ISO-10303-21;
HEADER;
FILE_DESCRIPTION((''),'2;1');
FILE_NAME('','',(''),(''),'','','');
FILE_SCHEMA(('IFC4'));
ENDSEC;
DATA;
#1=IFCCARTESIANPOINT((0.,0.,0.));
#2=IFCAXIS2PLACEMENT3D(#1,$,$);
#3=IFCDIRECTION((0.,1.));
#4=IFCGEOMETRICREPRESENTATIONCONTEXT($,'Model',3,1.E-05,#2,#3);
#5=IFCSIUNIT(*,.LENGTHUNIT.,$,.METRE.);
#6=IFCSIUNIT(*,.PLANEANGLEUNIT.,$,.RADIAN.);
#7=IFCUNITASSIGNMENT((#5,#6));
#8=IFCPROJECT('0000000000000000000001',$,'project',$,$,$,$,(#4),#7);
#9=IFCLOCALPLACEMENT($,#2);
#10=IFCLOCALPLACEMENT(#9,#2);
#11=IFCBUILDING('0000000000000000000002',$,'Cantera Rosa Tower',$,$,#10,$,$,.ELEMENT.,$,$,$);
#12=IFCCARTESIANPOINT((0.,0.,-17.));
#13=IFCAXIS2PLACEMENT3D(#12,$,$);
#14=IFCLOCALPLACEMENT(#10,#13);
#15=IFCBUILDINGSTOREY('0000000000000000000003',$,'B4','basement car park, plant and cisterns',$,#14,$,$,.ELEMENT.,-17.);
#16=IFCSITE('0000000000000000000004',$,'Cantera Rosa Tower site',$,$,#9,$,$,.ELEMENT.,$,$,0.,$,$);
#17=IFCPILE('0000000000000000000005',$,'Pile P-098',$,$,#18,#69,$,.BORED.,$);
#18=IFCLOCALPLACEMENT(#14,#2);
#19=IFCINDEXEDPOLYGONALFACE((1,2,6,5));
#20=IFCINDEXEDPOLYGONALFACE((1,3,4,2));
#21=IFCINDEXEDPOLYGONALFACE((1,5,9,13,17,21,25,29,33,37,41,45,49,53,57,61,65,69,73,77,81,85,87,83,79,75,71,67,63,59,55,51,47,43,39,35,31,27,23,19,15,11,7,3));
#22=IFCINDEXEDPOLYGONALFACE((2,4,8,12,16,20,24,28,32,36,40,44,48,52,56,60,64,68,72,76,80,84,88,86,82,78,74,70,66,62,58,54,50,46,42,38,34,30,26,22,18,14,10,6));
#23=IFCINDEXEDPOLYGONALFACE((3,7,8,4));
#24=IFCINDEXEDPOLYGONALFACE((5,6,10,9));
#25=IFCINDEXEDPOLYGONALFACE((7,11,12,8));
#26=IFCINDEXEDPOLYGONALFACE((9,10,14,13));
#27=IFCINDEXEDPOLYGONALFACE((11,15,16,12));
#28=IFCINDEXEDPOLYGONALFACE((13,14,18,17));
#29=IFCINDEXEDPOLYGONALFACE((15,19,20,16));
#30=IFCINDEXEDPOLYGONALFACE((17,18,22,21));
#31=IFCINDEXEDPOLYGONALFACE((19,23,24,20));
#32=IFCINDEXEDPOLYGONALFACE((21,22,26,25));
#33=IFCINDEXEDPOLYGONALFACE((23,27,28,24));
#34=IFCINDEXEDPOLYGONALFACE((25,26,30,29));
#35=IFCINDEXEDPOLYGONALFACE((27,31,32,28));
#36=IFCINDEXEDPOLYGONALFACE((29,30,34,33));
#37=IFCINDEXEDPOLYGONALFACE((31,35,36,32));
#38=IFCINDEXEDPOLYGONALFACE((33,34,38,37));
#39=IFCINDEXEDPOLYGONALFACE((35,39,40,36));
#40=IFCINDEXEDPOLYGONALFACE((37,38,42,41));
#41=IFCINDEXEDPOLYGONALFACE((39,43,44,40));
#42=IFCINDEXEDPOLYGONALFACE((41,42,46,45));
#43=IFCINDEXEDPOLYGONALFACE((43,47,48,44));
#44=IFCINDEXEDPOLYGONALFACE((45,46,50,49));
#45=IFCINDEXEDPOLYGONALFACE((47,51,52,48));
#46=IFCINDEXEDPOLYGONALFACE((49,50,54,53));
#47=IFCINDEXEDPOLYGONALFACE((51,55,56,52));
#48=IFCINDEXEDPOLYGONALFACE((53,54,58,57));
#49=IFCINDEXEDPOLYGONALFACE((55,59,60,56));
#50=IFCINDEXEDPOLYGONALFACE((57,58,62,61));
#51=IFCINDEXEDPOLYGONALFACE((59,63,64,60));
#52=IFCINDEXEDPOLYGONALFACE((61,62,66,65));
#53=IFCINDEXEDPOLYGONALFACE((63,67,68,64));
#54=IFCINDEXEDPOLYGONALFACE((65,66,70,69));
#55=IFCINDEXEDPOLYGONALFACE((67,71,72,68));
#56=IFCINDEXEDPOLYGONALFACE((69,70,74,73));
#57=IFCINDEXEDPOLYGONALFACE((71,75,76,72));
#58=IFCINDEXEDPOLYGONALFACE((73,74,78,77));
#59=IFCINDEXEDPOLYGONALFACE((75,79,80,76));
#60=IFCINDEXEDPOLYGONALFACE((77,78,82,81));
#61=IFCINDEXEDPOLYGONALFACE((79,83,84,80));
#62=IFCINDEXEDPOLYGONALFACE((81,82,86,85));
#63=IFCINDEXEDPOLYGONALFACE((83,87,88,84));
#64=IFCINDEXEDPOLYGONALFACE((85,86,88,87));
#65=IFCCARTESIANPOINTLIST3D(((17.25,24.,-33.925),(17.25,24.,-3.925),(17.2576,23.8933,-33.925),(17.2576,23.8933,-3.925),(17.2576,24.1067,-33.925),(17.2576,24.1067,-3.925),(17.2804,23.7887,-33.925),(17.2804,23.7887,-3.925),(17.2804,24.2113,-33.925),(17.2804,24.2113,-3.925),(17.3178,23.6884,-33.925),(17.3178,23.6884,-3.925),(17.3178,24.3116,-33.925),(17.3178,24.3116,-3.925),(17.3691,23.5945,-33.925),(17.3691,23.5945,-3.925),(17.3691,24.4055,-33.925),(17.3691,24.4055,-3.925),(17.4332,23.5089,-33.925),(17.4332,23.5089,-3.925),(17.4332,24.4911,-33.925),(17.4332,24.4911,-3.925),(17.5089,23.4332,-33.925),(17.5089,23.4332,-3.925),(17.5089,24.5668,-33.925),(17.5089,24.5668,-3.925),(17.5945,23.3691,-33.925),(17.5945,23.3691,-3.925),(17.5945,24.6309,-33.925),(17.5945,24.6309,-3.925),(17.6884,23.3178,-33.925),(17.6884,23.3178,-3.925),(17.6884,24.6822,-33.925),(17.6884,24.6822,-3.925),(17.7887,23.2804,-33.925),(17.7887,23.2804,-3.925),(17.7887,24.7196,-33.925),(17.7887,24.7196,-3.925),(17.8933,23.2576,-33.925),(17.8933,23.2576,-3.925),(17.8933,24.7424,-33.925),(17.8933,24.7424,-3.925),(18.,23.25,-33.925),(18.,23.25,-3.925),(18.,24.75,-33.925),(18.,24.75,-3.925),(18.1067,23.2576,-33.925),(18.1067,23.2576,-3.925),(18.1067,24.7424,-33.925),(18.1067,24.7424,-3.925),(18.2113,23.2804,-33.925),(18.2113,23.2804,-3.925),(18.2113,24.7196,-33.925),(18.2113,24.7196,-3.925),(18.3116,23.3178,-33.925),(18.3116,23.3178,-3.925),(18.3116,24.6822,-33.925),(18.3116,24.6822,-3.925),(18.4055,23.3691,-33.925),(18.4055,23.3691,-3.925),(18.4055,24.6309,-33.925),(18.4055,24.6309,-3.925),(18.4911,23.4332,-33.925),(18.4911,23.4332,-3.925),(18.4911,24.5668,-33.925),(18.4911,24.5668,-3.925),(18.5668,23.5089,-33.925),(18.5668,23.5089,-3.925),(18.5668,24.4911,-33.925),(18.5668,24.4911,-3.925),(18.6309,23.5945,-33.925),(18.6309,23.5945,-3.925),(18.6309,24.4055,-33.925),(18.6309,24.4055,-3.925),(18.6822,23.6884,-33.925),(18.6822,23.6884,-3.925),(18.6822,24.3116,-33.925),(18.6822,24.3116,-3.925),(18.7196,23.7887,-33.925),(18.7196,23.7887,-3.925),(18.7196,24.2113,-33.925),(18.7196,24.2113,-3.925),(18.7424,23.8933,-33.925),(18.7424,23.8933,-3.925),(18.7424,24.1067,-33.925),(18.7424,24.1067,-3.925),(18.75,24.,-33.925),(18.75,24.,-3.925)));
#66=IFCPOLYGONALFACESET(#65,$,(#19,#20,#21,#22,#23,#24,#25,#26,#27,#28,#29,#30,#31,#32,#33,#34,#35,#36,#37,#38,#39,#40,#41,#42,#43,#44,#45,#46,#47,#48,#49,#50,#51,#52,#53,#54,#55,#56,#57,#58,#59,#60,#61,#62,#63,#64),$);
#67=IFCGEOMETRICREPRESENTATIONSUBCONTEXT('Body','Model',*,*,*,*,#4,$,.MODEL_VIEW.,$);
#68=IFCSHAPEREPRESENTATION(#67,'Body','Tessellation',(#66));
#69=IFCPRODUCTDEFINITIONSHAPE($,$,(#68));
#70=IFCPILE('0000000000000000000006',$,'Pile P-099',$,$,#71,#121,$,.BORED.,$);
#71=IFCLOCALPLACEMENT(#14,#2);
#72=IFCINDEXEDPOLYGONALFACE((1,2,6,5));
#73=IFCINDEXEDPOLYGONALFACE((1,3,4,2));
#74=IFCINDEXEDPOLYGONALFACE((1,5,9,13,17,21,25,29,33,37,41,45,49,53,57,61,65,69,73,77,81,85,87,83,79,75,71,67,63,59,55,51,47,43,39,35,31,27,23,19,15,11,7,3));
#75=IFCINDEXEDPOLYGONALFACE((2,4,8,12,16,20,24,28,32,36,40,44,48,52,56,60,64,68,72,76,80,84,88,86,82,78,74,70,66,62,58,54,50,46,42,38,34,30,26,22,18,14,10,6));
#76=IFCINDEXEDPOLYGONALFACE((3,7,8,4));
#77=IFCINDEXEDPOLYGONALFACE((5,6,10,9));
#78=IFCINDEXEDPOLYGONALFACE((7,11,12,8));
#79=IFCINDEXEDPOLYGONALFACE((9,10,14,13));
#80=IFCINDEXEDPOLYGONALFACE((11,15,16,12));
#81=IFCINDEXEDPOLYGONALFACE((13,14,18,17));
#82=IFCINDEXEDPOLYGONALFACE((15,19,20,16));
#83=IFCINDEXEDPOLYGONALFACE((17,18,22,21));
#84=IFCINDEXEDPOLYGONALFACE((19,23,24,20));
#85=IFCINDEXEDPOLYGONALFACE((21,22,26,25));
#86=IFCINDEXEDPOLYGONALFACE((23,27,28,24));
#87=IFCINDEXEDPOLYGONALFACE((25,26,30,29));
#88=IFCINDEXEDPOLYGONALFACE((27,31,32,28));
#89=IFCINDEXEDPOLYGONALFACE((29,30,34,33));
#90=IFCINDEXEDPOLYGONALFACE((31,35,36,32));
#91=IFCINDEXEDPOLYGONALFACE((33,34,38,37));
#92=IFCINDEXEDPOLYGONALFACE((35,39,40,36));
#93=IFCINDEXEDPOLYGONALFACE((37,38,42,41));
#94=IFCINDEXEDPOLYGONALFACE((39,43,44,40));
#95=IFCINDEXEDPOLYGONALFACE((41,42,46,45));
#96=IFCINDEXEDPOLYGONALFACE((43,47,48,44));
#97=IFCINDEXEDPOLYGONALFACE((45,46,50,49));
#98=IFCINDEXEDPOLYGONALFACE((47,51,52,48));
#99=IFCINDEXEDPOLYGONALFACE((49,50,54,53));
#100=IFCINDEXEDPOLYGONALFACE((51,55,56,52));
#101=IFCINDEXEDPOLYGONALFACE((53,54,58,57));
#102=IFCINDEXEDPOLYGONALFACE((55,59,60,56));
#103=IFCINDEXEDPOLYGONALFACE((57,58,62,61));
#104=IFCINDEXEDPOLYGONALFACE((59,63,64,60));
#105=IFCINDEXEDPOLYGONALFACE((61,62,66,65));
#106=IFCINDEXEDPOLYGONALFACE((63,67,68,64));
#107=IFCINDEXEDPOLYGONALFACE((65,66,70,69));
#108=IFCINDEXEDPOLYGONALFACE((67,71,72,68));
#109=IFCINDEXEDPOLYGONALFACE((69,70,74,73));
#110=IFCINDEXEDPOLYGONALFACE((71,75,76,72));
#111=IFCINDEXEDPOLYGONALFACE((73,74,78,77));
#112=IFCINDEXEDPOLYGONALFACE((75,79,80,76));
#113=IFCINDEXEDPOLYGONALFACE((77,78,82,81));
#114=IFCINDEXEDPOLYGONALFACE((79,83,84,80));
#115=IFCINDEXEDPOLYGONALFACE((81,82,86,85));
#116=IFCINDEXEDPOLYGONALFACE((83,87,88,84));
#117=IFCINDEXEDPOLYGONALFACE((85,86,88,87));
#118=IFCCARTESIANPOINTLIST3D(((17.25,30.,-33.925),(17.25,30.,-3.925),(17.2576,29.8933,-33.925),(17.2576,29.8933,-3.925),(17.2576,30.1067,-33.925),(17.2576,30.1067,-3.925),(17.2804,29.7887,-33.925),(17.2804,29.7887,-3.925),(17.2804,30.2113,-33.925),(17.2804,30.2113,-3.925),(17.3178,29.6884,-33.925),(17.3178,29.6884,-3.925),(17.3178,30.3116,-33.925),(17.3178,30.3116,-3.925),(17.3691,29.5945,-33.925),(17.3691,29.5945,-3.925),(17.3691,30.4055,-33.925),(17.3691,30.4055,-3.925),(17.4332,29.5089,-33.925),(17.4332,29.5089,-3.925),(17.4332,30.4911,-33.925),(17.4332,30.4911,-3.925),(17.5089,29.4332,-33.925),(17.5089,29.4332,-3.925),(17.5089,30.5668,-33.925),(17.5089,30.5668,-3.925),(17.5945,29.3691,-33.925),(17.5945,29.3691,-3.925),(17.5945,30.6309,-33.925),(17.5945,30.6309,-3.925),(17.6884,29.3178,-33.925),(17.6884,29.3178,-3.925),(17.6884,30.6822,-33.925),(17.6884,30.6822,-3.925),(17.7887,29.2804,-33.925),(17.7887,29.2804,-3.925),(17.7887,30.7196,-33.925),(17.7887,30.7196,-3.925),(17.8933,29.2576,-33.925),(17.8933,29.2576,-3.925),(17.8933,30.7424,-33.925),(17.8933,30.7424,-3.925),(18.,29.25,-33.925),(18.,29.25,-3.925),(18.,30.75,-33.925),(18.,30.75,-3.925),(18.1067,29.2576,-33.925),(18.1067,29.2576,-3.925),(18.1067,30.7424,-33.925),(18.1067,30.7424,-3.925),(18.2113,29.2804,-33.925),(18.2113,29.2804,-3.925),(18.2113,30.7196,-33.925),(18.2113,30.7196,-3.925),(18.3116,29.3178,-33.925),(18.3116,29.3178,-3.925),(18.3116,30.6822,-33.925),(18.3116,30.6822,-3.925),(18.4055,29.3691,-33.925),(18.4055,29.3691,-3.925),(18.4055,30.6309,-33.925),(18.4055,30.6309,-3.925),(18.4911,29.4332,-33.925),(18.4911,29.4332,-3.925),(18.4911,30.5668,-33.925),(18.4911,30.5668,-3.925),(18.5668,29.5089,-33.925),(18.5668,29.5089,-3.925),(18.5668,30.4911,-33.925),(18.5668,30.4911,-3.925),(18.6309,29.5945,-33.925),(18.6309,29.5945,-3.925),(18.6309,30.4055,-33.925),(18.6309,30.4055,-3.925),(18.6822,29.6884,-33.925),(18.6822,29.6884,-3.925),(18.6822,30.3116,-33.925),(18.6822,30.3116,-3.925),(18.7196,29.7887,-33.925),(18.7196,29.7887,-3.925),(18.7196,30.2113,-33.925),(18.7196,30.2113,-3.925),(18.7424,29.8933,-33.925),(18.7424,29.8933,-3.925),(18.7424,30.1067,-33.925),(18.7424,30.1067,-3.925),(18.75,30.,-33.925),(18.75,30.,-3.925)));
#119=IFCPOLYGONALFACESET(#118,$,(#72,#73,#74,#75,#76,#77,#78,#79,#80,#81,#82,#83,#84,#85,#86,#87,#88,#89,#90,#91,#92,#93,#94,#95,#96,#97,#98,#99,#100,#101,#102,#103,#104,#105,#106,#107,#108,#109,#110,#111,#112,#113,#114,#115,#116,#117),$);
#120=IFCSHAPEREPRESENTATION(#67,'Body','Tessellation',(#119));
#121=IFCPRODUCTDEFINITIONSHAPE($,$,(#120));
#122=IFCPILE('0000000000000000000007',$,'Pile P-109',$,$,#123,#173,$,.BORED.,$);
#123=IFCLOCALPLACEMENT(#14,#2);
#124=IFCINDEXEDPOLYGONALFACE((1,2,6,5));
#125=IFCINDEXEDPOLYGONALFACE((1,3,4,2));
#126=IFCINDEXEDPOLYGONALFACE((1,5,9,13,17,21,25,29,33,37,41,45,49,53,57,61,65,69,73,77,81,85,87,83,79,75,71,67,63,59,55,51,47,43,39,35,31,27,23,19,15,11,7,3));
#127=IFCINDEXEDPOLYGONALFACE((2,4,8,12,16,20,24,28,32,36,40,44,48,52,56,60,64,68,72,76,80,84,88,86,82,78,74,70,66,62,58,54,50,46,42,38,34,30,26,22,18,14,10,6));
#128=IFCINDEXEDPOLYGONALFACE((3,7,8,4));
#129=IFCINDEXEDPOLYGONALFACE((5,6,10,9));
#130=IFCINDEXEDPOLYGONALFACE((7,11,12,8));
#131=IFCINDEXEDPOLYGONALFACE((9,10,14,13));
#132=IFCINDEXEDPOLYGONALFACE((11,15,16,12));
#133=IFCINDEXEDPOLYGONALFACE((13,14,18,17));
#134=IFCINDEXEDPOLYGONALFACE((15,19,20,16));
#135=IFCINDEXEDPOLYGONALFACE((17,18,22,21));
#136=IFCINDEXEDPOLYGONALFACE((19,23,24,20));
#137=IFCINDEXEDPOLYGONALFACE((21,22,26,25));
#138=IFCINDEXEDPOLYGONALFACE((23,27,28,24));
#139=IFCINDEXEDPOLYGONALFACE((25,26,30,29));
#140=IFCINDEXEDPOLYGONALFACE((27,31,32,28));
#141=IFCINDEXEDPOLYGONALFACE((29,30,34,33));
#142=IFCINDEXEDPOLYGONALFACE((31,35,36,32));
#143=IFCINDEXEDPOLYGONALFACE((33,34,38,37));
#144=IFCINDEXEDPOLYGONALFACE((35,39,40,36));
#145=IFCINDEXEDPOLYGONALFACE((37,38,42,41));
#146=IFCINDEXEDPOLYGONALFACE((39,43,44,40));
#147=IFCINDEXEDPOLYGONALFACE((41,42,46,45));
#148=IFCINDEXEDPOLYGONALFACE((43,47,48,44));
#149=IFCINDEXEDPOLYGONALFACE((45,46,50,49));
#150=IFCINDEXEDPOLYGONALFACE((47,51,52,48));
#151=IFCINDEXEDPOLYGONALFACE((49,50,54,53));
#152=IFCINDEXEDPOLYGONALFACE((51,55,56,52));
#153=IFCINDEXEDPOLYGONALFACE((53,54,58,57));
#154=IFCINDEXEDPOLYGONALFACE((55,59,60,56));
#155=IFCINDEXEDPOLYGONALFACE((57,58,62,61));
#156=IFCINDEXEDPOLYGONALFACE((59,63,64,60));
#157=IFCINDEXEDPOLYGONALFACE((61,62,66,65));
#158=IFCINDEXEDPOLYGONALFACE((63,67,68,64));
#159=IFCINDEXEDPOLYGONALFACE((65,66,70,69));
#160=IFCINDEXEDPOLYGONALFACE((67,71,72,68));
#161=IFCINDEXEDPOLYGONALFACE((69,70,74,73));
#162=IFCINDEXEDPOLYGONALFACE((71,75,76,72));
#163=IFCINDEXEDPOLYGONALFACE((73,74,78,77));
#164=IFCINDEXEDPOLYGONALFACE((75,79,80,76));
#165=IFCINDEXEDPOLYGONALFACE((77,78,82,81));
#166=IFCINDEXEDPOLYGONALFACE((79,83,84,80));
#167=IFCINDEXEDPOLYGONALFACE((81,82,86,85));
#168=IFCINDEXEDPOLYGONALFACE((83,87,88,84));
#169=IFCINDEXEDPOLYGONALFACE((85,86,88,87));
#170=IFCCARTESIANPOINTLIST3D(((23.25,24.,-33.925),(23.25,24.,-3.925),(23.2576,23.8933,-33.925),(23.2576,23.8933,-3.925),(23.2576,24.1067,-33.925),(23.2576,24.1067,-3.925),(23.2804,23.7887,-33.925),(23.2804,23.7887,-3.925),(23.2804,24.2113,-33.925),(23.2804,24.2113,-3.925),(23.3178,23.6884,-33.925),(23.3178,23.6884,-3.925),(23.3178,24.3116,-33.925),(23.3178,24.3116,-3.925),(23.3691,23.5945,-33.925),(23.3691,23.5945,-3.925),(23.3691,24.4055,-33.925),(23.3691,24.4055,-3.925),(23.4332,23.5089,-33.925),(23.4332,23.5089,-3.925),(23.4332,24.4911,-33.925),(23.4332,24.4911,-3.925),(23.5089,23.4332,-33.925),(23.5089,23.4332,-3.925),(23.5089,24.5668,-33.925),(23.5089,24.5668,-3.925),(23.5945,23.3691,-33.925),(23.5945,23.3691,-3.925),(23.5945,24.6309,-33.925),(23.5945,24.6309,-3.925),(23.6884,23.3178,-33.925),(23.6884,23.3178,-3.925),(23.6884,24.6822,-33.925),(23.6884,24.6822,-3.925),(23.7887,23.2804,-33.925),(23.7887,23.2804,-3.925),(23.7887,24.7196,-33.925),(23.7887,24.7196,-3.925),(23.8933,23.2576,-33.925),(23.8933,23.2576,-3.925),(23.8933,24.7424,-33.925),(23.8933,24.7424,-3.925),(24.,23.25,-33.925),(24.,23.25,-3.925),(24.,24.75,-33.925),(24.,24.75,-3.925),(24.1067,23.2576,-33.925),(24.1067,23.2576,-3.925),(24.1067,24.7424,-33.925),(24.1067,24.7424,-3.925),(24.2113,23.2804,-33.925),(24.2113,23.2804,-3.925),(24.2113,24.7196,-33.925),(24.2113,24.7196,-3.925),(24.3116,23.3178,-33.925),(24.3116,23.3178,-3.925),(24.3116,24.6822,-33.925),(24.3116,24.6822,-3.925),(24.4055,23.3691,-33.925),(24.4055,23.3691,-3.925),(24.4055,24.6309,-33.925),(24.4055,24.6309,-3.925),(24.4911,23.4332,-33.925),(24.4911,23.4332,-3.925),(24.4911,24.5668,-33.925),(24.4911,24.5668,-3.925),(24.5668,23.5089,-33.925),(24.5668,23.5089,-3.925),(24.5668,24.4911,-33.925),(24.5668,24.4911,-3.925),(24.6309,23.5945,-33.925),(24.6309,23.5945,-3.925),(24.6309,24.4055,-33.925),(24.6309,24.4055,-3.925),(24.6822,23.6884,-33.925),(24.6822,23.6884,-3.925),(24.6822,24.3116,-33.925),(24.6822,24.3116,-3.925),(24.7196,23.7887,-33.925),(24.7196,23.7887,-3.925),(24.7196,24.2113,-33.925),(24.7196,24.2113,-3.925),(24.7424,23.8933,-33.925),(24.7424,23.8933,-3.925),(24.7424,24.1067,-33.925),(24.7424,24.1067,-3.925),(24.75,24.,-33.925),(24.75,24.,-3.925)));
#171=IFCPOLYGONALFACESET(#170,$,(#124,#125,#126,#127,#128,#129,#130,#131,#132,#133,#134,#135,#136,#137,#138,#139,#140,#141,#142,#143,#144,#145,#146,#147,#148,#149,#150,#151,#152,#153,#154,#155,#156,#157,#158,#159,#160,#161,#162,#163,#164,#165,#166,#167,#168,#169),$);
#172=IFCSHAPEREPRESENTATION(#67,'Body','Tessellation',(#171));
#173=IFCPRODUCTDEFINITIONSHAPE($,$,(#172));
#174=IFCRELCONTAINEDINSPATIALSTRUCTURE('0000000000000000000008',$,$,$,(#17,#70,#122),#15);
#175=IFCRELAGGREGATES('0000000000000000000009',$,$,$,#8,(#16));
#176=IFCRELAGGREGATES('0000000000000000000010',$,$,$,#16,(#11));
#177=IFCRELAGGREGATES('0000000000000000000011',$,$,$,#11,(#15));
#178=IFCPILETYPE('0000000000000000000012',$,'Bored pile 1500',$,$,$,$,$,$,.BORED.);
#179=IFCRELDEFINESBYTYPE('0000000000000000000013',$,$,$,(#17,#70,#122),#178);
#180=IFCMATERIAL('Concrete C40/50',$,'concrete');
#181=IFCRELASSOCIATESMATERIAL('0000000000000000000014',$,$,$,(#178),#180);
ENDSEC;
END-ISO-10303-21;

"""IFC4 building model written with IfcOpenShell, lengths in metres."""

from ifc_helpers import new_model, si_unit, direction, frame, origin, origin_2d, place, context, subcontext, project, spatial, circle, extrude, material, material_profile, profile_set, type_object, element, save


model = new_model("IFC4")

# Units and contexts
model_context = context("Model", 3, precision=1e-05, world=origin(), true_north=direction((0.0, 1.0)))
body_context = subcontext(model_context, "Body", "Model", "MODEL_VIEW")
ifc_project = project(units=[si_unit("LENGTHUNIT", "METRE"), si_unit("PLANEANGLEUNIT", "RADIAN")], contexts=[model_context])

# Site, building, storey
site_placement = place(None, origin())
site = spatial("IfcSite", under=ifc_project, at=site_placement, Name="Cantera Rosa Tower site", CompositionType="ELEMENT", RefElevation=0.0)
building_placement = place(site_placement, origin())
building = spatial("IfcBuilding", under=site, at=building_placement, Name="Cantera Rosa Tower", CompositionType="ELEMENT")
storey_placement = place(building_placement, frame((0.0, 0.0, -17.0)))
storey = spatial("IfcBuildingStorey", under=building, at=storey_placement, Name="B4", Description="basement car park, plant and cisterns", CompositionType="ELEMENT", Elevation=-17.0)

# Piles
ifc_material_1 = material(Name="Concrete C40/50", Category="concrete")
ifc_material_profile_1 = material_profile(ifc_material_1, circle(Radius=0.75, at=origin_2d()), Name="Bored pile 1500")
ifc_profile_set_1 = profile_set([ifc_material_profile_1], Name="Concrete C40/50")
pile_type = type_object("IfcPileType", Name="Bored pile 1500", PredefinedType="BORED", material=ifc_profile_set_1)
for number, where, z_axis, x_axis, name in (
    (1, (18.0, 24.0, -3.925), (0.0, 0.0, -1.0), (1.0, 0.0, 0.0), "Pile P-098"),
    (2, (18.0, 30.0, -3.925), (0.0, 0.0, -1.0), (1.0, 0.0, 0.0), "Pile P-099"),
    (3, (24.0, 24.0, -3.925), (0.0, 0.0, -1.0), (1.0, 0.0, 0.0), "Pile P-109"),
):
    element("IfcPile", number, at=place(storey_placement, frame(where, z_axis=z_axis, x_axis=x_axis)), inside=storey, type_object=pile_type, Name=name, PredefinedType="BORED", context=body_context, shape_type="SweptSolid", body=[
        extrude(circle(Radius=0.75, at=origin_2d()), origin(), (0.0, 0.0, 1.0), 30.0),
    ])

save(model, "model.ifc")
